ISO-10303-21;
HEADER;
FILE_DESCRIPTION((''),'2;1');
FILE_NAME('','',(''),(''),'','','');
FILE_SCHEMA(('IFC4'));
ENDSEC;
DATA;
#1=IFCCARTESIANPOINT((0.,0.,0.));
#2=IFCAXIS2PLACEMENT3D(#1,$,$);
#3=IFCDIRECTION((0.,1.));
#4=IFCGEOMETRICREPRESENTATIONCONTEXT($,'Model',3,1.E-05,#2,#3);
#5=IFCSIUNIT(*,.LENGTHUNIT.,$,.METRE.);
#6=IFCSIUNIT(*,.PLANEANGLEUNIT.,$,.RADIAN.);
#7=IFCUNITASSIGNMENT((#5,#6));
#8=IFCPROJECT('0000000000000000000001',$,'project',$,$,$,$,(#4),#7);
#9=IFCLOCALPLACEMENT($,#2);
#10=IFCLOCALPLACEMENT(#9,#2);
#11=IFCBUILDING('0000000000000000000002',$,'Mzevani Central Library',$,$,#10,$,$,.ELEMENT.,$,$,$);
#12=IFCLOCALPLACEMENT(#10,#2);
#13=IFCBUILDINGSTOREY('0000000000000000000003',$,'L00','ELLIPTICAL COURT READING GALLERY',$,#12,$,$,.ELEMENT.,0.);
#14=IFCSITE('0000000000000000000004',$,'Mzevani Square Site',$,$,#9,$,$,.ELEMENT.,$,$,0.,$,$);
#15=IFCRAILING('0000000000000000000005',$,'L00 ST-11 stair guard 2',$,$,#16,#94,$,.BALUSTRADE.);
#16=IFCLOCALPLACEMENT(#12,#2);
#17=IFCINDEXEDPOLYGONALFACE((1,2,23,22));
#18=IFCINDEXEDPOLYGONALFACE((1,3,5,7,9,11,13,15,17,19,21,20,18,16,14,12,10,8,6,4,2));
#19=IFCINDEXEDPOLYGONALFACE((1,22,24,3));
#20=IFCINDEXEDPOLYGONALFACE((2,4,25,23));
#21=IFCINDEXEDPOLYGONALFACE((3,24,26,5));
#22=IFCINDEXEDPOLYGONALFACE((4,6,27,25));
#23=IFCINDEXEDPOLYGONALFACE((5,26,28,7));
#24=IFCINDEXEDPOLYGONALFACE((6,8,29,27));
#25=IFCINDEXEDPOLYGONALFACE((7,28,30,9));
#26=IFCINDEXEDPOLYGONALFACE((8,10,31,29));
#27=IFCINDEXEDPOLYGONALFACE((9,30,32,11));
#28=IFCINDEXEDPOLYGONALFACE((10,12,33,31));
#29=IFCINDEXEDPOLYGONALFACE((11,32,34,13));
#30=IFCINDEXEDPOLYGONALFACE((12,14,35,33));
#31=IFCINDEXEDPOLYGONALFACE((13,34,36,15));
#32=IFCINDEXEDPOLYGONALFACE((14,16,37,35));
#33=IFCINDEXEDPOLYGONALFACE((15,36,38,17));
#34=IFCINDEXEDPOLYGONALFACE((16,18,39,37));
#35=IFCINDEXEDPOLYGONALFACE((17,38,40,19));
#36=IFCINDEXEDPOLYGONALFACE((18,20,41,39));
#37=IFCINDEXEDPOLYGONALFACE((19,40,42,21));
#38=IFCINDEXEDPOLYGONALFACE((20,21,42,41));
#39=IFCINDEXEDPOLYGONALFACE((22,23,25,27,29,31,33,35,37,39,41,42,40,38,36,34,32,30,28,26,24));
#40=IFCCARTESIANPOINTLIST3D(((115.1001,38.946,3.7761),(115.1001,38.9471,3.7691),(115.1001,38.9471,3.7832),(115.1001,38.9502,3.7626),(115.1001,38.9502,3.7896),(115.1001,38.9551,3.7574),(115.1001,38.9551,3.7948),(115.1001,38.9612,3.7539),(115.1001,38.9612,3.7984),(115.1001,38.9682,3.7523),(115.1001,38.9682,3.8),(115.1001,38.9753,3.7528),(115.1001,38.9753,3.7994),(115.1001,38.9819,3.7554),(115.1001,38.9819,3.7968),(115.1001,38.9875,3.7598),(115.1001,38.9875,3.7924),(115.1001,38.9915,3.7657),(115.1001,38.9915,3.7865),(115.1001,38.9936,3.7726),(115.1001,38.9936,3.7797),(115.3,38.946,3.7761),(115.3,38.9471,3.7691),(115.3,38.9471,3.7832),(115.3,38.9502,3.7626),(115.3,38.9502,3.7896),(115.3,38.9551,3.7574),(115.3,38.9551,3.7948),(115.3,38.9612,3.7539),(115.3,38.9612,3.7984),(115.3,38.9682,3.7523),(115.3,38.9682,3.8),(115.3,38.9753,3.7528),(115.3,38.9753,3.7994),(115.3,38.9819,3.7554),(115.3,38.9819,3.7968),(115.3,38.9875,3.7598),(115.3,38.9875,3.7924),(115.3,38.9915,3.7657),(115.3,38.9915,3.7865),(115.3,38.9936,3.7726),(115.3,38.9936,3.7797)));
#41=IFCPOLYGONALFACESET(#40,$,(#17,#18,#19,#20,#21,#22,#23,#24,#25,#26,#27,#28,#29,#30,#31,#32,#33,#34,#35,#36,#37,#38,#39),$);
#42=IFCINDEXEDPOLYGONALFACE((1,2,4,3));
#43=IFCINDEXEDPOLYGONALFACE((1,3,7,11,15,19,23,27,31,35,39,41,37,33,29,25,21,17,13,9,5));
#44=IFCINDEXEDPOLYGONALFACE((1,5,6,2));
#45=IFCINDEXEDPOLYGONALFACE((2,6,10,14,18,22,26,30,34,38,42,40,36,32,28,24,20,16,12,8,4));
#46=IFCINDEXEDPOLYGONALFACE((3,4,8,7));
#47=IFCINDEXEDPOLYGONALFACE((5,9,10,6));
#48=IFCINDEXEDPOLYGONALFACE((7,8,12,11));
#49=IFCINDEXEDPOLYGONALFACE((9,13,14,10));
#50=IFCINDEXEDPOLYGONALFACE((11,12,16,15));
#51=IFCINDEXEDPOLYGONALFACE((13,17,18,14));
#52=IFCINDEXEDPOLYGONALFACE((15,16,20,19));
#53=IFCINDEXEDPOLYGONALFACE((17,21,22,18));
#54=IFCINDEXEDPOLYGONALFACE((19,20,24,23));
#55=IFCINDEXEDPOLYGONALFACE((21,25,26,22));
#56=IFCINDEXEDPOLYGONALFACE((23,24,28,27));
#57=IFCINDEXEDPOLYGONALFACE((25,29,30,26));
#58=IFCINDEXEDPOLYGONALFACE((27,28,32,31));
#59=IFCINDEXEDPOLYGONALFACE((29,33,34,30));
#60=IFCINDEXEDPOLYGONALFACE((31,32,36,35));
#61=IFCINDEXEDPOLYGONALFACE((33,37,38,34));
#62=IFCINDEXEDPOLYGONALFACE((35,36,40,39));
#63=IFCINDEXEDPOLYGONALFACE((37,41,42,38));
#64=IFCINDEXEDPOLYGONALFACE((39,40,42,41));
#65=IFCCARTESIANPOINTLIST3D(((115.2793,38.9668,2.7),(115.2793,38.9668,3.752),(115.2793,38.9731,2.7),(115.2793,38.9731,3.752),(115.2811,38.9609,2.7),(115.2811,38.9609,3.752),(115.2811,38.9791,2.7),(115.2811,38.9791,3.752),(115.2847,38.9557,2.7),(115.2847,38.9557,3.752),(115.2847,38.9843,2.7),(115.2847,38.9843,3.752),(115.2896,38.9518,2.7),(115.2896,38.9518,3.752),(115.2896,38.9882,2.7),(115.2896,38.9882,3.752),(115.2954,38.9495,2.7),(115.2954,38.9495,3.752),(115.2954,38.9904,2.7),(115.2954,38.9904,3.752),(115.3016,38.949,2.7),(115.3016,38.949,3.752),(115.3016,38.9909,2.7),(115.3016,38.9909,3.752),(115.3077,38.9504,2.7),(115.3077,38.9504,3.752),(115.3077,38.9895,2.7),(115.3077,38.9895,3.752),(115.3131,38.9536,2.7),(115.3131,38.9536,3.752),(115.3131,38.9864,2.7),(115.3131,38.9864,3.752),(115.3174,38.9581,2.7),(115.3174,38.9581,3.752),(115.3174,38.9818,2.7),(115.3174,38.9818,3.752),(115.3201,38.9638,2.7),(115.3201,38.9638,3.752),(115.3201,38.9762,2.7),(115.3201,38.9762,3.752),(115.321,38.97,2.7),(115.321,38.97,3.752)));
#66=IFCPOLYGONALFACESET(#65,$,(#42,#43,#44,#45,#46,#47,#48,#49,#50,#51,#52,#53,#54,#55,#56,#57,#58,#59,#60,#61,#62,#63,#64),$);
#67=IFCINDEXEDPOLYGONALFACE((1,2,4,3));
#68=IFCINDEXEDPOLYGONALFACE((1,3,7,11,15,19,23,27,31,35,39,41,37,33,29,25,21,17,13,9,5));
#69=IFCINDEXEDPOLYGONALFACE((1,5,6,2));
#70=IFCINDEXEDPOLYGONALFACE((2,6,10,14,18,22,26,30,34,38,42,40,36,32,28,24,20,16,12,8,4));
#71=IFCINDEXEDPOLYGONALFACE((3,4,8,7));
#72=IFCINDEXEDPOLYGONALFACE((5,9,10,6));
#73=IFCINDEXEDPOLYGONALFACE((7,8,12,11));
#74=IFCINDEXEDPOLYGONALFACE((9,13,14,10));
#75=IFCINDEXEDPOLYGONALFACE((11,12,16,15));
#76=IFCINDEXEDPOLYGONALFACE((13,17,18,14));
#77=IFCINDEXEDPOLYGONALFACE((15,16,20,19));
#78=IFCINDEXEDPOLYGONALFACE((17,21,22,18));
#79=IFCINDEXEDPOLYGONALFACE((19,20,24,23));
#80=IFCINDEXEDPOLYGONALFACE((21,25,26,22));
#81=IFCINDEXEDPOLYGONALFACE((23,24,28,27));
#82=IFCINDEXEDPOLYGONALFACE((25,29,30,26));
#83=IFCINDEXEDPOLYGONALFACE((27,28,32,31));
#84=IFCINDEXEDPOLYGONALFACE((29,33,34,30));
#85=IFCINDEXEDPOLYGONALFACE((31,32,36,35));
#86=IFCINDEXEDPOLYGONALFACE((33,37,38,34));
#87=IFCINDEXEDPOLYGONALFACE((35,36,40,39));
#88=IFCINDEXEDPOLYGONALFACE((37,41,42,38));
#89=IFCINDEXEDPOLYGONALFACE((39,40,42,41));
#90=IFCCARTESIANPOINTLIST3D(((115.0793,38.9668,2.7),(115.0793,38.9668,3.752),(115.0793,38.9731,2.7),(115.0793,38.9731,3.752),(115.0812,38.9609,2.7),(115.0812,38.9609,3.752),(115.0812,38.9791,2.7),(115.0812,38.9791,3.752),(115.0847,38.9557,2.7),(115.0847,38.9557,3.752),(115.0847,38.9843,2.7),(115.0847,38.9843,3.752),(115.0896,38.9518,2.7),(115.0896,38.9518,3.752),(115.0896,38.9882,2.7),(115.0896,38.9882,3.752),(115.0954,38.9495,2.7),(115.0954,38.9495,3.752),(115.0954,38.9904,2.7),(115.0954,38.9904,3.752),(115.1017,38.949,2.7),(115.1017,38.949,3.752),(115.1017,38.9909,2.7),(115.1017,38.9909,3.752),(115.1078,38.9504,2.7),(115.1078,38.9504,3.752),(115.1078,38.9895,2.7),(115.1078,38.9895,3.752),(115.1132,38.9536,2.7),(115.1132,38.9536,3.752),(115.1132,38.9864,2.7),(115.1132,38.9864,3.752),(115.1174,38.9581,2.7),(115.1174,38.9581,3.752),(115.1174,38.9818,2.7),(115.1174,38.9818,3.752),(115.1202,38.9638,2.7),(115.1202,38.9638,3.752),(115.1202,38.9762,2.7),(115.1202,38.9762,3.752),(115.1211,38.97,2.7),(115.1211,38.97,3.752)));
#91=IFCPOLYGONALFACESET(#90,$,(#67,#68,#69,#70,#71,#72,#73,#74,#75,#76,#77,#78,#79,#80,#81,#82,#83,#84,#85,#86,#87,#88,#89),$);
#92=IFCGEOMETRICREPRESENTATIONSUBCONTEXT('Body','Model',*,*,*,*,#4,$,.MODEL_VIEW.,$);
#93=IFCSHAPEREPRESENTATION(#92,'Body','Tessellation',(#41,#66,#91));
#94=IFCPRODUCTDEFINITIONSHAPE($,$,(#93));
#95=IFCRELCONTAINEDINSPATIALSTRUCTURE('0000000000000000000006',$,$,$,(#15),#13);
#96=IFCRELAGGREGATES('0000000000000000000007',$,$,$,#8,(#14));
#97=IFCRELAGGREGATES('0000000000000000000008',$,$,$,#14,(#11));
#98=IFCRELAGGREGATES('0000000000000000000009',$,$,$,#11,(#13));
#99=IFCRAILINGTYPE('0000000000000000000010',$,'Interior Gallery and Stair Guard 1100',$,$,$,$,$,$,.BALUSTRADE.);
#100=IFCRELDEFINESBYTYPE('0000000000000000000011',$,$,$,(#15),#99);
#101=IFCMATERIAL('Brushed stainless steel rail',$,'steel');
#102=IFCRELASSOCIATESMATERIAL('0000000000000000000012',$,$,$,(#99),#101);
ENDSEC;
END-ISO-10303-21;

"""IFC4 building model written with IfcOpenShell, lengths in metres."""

from ifc_helpers import new_model, si_unit, direction, frame, origin, origin_2d, place, context, subcontext, project, spatial, circle, extrude, material, type_object, element, save


model = new_model("IFC4")

# Units and contexts
model_context = context("Model", 3, precision=1e-05, world=origin(), true_north=direction((0.0, 1.0)))
body_context = subcontext(model_context, "Body", "Model", "MODEL_VIEW")
ifc_project = project(units=[si_unit("LENGTHUNIT", "METRE"), si_unit("PLANEANGLEUNIT", "RADIAN")], contexts=[model_context])

# Site, building, storey
site_placement = place(None, origin())
site = spatial("IfcSite", under=ifc_project, at=site_placement, Name="Mzevani Square Site", CompositionType="ELEMENT", RefElevation=0.0)
building_placement = place(site_placement, origin())
building = spatial("IfcBuilding", under=site, at=building_placement, Name="Mzevani Central Library", CompositionType="ELEMENT")
storey_placement = place(building_placement, origin())
storey = spatial("IfcBuildingStorey", under=building, at=storey_placement, Name="L00", Description="ELLIPTICAL COURT READING GALLERY", CompositionType="ELEMENT", Elevation=0.0)

# Railing
ifc_material_1 = material(Name="Brushed stainless steel rail", Category="steel")
railing_type_1 = type_object("IfcRailingType", Name="Interior Gallery and Stair Guard 1100", PredefinedType="BALUSTRADE", material=ifc_material_1)
railing_1_placement = place(storey_placement, frame((115.3, 38.97, 2.7)))
element("IfcRailing", 1, at=railing_1_placement, inside=storey, type_object=railing_type_1, Name="L00 ST-11 stair guard 2", PredefinedType="BALUSTRADE", context=body_context, shape_type="SweptSolid", body=[
    extrude(circle(Radius=0.0239, at=origin_2d()), frame((0.0, 0.0, 1.0762), z_axis=(-1.0, 0.0, 0.0), x_axis=(0.0, -1.0, 0.0)), (0.0, 0.0, 1.0), 0.2),
    extrude(circle(Radius=0.021, at=origin_2d()), origin(), (0.0, 0.0, 1.0), 1.052),
    extrude(circle(Radius=0.021, at=origin_2d()), frame((-0.2, 0.0, 0.0)), (0.0, 0.0, 1.0), 1.052),
])

save(model, "model.ifc")
